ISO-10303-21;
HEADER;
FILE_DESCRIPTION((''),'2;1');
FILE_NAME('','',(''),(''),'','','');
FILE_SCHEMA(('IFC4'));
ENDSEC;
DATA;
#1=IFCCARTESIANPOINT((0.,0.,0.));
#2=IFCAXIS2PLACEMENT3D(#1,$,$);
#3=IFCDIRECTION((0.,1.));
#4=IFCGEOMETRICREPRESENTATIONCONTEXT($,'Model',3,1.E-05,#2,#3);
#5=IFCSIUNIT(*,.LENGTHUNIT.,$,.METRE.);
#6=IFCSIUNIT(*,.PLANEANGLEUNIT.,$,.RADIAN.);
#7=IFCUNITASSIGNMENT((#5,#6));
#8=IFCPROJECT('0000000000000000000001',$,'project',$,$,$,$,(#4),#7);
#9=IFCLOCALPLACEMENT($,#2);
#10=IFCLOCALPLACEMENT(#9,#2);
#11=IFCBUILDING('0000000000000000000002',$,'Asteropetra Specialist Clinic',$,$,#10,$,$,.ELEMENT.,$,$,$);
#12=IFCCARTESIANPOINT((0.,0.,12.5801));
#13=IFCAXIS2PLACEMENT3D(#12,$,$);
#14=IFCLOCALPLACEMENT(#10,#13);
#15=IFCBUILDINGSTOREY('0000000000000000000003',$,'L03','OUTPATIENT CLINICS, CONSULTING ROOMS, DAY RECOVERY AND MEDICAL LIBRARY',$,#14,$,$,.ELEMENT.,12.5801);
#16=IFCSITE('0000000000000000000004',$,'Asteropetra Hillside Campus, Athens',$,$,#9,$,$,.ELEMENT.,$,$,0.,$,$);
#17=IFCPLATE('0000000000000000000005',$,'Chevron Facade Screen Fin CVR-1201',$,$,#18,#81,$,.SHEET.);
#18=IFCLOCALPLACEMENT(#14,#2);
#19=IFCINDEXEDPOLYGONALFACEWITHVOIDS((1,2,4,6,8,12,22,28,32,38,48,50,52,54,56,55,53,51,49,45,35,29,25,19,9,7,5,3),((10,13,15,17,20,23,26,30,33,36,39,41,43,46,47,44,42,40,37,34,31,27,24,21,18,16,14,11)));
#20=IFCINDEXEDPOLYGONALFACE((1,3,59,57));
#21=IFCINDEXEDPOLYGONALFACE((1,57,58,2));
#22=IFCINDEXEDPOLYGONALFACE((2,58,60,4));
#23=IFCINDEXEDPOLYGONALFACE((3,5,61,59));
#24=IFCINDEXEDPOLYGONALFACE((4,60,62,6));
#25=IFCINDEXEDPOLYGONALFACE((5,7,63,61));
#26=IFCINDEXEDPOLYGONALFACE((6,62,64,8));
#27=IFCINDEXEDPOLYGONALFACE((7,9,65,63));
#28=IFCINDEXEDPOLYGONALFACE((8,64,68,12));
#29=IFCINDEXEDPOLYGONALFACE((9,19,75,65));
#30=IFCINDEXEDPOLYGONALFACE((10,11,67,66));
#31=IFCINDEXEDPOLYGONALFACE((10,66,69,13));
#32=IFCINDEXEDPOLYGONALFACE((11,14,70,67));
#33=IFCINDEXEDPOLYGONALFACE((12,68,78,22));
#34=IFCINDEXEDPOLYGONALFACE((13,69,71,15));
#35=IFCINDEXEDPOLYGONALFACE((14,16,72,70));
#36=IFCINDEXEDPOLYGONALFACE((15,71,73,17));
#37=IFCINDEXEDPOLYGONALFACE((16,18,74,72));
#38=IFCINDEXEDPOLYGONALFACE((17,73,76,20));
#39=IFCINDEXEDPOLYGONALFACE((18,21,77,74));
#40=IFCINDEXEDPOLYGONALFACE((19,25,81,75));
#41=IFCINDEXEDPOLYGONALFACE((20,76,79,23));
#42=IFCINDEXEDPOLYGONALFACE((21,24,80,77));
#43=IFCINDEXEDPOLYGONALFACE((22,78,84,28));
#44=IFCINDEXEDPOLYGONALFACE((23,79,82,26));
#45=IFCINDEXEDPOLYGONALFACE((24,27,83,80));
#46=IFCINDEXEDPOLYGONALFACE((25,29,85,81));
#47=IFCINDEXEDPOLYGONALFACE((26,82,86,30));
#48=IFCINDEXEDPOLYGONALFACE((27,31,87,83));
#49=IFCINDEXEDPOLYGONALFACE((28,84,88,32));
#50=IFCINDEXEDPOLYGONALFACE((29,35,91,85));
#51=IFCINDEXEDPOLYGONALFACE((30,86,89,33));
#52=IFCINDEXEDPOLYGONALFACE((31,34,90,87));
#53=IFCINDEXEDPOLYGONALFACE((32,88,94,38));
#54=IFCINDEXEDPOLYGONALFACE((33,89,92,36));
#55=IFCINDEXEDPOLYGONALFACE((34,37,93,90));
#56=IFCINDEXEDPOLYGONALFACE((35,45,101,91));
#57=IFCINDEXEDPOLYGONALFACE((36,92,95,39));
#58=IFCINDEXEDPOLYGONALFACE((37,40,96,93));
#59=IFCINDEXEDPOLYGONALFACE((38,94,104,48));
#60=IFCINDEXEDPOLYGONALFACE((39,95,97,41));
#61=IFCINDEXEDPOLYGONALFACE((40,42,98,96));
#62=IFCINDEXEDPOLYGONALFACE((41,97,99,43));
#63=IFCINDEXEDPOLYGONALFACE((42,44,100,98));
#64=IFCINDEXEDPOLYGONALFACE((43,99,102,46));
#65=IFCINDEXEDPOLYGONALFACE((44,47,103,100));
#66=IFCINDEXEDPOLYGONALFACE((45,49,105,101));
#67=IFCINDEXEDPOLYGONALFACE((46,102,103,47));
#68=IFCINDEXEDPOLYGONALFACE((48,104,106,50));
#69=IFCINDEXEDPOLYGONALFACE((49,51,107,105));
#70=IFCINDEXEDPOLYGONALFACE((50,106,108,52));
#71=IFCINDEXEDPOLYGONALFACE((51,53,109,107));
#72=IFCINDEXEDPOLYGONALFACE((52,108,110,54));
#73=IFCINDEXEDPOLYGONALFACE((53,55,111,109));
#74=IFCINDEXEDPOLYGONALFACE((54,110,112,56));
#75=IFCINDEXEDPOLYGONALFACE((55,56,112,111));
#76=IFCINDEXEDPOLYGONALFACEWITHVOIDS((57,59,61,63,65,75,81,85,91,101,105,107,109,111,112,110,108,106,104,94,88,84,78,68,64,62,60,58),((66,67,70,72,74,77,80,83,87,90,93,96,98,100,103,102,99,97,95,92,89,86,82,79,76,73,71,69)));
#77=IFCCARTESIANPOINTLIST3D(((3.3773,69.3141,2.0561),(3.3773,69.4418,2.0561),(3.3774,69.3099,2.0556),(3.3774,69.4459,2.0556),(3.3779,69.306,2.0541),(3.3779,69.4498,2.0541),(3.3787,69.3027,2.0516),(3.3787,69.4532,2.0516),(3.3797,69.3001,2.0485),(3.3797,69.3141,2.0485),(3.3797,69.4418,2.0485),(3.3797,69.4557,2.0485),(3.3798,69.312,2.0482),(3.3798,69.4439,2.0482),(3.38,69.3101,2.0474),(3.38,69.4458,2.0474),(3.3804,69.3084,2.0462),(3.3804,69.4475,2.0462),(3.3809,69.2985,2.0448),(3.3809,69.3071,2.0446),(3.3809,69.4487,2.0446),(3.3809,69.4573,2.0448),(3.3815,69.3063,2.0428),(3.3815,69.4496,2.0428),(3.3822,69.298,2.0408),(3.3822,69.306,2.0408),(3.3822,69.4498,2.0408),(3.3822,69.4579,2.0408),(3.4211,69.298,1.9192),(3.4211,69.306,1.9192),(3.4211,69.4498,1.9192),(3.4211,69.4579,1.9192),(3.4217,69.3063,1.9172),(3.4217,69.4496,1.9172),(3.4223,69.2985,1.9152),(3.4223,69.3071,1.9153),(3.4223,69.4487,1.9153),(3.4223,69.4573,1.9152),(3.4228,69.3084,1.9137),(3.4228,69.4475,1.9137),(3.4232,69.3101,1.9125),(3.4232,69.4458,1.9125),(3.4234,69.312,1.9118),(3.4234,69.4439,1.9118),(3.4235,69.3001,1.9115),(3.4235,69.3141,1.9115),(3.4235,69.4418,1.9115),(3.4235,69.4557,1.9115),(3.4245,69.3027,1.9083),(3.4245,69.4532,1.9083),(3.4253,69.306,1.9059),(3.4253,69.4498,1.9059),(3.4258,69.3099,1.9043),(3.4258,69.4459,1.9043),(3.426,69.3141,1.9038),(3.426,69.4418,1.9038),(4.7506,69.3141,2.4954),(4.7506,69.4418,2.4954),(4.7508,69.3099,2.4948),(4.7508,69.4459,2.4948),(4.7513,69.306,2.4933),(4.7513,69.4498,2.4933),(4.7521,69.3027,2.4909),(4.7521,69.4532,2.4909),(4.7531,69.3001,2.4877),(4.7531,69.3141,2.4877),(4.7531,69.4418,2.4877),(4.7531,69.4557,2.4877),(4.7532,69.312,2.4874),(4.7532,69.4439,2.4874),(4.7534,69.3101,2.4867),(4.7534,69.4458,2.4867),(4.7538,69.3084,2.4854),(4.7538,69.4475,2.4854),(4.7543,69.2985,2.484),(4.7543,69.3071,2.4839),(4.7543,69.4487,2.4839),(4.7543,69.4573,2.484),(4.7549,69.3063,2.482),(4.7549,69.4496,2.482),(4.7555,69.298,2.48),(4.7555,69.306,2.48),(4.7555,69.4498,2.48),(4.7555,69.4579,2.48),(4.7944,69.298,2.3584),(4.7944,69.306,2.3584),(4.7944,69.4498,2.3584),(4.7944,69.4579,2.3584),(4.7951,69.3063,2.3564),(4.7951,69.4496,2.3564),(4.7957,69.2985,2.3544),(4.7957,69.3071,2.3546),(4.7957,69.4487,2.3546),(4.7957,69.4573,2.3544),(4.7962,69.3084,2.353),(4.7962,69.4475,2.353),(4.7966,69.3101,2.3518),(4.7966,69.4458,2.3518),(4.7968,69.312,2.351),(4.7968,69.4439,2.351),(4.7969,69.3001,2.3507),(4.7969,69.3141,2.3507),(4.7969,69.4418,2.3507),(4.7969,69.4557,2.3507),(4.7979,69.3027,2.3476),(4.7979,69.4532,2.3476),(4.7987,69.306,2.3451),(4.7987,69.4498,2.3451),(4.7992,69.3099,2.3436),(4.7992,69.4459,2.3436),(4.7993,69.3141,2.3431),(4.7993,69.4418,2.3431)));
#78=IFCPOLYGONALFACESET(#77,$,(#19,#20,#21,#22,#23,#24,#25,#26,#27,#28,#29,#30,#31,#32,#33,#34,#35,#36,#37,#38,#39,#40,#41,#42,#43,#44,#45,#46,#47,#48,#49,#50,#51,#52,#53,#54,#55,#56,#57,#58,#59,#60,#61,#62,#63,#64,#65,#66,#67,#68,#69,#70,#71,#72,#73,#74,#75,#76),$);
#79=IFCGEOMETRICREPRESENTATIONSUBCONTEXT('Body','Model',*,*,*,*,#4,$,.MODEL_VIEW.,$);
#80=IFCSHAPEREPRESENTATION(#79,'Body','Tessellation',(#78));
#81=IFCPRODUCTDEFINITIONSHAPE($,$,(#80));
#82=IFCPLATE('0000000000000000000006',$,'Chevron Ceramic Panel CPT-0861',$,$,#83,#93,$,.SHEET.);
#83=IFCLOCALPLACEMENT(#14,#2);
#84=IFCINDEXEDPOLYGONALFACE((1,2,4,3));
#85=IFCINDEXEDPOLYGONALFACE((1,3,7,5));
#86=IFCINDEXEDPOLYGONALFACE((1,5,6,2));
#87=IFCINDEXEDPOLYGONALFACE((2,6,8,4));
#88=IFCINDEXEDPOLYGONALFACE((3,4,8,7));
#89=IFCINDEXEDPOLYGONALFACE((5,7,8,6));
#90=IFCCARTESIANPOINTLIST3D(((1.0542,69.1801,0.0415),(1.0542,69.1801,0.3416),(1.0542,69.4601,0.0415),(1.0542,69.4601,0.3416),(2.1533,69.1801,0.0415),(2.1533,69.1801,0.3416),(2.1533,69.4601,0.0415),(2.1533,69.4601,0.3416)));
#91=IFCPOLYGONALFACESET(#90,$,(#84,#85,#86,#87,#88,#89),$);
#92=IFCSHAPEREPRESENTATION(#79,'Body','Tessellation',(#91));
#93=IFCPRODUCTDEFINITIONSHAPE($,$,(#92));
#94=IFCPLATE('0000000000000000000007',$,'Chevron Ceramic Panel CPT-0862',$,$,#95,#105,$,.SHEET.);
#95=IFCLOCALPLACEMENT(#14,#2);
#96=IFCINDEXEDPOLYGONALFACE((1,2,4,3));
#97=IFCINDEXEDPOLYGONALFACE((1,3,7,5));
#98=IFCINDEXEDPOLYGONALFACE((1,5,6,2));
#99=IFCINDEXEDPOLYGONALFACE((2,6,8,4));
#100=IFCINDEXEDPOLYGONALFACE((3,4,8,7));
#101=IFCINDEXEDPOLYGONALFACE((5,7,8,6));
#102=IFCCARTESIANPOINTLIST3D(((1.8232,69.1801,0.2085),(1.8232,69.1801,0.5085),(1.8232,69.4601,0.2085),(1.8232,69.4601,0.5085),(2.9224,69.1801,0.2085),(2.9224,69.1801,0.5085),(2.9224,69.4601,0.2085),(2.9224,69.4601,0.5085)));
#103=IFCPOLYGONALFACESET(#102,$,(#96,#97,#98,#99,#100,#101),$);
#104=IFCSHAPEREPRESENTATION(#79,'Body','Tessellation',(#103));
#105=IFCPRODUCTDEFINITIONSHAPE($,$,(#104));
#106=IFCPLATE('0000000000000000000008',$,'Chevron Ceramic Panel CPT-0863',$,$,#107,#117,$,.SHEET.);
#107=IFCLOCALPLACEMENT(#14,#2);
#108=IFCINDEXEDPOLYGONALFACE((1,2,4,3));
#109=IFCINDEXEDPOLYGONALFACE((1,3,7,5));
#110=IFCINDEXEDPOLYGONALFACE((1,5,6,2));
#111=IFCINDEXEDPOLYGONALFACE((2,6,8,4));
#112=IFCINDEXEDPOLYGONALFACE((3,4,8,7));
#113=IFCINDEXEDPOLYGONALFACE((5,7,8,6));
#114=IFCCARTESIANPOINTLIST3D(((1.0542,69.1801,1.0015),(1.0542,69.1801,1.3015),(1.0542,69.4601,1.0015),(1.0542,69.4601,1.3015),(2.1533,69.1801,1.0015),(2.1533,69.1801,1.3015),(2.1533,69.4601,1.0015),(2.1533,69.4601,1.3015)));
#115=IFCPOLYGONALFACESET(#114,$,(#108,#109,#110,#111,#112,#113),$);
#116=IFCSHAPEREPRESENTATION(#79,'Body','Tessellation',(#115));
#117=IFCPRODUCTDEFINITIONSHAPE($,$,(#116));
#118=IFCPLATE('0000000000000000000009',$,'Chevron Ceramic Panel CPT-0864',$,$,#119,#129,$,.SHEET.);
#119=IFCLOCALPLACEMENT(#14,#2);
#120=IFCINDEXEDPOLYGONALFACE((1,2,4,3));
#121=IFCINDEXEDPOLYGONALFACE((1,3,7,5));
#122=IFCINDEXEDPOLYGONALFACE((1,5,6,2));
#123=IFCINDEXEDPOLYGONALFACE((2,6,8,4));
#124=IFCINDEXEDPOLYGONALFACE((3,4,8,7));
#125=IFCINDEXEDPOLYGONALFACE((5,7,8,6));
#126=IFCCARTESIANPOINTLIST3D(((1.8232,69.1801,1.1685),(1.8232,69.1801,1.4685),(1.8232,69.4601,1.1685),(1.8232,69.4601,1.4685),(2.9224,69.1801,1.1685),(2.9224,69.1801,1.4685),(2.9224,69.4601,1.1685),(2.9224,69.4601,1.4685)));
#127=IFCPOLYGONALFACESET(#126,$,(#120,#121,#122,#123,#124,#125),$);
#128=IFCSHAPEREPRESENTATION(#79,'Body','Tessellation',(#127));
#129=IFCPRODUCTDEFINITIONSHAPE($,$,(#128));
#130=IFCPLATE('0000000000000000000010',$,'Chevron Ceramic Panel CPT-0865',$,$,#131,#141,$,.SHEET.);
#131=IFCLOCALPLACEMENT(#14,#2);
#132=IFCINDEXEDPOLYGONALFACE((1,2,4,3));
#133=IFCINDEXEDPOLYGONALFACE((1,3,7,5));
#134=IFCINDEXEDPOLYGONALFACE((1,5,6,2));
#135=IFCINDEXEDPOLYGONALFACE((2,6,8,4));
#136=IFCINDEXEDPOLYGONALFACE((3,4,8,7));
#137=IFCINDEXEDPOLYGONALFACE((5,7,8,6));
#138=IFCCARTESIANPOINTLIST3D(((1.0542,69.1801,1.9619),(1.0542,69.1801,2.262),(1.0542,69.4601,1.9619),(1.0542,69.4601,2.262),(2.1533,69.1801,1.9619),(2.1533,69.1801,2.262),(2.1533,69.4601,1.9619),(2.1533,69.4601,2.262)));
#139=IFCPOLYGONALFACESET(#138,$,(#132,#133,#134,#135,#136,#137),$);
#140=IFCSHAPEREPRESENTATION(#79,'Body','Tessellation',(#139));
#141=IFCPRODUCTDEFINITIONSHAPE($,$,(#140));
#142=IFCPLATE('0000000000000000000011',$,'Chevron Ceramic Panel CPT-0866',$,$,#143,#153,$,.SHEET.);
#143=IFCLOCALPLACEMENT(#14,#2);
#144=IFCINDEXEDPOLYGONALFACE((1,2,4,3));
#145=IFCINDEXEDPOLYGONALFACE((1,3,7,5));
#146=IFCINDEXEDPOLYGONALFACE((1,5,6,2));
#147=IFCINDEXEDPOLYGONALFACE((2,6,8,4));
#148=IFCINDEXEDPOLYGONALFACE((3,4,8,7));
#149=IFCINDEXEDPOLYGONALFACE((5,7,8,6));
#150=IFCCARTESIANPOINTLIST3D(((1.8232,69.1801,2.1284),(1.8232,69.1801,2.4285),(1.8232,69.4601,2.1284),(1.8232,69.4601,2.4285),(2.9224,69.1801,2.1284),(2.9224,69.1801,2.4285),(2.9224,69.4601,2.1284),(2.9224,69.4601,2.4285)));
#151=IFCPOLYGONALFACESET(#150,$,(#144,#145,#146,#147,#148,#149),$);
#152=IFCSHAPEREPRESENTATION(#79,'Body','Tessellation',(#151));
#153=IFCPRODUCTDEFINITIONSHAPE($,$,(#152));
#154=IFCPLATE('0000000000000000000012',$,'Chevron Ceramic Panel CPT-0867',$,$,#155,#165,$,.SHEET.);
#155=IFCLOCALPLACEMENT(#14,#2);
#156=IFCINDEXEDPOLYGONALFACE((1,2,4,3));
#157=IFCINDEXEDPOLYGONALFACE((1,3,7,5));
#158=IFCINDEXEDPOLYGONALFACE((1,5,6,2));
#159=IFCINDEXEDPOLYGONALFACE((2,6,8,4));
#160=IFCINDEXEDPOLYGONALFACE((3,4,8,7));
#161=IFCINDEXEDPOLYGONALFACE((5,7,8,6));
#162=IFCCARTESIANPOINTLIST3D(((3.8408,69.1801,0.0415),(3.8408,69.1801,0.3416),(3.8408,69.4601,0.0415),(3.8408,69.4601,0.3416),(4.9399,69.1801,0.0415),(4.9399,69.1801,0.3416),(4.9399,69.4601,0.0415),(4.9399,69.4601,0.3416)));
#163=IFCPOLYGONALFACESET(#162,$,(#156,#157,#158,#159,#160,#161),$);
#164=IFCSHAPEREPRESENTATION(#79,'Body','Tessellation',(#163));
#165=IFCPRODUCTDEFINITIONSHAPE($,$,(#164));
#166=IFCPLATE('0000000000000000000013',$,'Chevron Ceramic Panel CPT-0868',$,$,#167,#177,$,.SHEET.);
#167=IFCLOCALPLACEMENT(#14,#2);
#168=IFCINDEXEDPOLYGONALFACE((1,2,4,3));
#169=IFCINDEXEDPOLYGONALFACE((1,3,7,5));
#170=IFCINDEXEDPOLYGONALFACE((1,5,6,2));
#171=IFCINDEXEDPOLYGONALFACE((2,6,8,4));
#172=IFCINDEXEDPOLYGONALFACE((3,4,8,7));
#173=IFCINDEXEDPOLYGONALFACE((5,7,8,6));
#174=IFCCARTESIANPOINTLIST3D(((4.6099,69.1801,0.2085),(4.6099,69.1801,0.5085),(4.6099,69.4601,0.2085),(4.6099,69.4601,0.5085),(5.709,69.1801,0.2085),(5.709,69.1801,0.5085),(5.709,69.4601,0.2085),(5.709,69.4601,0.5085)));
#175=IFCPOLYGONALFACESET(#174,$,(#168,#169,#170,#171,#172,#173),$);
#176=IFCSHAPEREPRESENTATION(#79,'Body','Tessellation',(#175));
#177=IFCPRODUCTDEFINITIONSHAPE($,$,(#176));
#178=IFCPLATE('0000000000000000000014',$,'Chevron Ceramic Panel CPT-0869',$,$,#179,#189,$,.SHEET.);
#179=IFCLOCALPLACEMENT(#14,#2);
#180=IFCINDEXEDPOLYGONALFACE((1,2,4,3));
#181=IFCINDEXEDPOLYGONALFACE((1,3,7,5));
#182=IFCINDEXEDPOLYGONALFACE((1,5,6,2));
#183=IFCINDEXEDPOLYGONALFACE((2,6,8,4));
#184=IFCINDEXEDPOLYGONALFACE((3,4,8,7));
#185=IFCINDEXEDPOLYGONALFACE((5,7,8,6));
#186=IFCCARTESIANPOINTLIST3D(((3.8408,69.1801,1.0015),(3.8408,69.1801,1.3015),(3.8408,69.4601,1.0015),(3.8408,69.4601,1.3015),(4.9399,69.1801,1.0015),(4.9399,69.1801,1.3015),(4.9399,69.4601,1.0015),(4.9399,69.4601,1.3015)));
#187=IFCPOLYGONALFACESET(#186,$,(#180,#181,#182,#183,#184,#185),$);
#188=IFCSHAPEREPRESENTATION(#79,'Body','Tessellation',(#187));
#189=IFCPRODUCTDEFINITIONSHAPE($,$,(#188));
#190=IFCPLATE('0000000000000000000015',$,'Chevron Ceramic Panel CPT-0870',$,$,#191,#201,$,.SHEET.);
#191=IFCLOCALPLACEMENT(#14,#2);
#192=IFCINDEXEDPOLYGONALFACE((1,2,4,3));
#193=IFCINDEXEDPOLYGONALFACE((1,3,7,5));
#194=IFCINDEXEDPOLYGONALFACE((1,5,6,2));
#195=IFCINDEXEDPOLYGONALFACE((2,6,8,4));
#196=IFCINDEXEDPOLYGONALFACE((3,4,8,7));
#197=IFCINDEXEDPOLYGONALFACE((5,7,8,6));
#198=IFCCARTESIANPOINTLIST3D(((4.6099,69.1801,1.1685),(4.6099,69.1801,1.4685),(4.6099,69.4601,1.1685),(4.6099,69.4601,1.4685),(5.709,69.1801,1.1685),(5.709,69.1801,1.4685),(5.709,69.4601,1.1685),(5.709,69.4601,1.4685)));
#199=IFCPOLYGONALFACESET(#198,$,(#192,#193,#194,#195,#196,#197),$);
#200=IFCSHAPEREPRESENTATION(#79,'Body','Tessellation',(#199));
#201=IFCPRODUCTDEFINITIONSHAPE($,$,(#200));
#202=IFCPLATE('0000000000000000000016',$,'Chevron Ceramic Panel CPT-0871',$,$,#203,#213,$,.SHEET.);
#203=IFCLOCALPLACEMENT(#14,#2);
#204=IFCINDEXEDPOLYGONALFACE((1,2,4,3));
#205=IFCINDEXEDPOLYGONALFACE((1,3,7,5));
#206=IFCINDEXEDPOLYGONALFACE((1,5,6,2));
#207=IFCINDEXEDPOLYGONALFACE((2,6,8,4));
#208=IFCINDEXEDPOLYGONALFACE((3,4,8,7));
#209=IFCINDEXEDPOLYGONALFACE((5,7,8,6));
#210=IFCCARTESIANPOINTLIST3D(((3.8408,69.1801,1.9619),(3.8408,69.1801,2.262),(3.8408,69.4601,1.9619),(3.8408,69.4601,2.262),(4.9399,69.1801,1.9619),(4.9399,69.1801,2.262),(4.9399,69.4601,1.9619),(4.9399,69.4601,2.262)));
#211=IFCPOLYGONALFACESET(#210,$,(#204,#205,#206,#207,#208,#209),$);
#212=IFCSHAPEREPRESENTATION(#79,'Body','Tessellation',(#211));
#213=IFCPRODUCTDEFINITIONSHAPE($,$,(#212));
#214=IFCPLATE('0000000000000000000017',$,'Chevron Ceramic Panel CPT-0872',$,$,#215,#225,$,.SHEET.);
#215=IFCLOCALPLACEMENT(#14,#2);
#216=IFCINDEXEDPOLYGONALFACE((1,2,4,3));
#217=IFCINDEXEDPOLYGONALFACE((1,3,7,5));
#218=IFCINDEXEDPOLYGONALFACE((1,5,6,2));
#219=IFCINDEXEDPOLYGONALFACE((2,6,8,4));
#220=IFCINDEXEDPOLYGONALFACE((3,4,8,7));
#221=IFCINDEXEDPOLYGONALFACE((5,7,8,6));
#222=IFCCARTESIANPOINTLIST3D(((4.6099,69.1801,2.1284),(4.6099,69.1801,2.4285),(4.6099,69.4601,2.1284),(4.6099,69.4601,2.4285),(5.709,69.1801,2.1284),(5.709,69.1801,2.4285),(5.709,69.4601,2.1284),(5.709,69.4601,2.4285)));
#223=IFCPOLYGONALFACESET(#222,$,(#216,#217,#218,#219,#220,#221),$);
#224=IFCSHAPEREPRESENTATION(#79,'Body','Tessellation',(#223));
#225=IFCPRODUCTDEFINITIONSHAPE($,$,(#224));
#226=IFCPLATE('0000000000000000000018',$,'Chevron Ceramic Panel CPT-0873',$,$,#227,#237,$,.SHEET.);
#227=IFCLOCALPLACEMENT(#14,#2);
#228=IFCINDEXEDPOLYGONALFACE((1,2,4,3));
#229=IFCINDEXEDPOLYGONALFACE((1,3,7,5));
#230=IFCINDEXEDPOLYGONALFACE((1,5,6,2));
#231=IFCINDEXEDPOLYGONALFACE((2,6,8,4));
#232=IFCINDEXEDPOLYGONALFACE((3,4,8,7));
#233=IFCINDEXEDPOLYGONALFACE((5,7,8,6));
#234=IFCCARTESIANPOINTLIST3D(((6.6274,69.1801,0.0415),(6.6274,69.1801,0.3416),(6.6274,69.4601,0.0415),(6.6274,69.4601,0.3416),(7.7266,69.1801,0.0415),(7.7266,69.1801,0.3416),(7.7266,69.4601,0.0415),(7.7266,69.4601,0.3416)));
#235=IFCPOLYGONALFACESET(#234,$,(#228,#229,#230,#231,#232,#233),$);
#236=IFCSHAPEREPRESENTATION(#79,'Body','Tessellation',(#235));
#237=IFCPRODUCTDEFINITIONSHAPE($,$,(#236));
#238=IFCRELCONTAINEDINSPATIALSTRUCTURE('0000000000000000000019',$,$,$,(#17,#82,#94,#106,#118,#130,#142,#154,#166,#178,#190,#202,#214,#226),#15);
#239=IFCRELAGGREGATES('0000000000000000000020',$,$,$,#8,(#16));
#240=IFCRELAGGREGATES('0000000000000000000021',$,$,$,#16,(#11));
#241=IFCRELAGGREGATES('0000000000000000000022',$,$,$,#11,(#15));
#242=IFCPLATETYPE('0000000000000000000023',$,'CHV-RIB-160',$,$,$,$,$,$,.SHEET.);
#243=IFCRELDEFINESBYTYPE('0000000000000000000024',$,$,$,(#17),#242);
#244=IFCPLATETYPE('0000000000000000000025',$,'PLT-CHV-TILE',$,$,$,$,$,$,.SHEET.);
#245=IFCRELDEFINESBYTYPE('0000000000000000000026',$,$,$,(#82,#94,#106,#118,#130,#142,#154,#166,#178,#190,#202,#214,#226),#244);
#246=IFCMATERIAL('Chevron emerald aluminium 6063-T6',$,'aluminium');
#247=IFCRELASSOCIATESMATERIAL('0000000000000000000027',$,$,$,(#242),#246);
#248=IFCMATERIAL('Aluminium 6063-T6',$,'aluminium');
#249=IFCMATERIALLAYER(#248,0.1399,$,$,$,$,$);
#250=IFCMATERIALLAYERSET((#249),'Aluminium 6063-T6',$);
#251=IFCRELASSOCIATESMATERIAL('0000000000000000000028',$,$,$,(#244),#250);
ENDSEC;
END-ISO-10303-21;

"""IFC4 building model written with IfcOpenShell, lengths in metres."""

from ifc_helpers import new_model, si_unit, direction, frame, origin, origin_2d, place, context, subcontext, project, spatial, rectangle, hollow_rectangle, extrude, material, layer, layer_set, material_profile, profile_set, type_object, element, save


model = new_model("IFC4")

# Units and contexts
model_context = context("Model", 3, precision=1e-05, world=origin(), true_north=direction((0.0, 1.0)))
body_context = subcontext(model_context, "Body", "Model", "MODEL_VIEW")
ifc_project = project(units=[si_unit("LENGTHUNIT", "METRE"), si_unit("PLANEANGLEUNIT", "RADIAN")], contexts=[model_context])

# Site, building, storey
site_placement = place(None, origin())
site = spatial("IfcSite", under=ifc_project, at=site_placement, Name="Asteropetra Hillside Campus, Athens", CompositionType="ELEMENT", RefElevation=0.0)
building_placement = place(site_placement, origin())
building = spatial("IfcBuilding", under=site, at=building_placement, Name="Asteropetra Specialist Clinic", CompositionType="ELEMENT")
storey_placement = place(building_placement, frame((0.0, 0.0, 12.5801)))
storey = spatial("IfcBuildingStorey", under=building, at=storey_placement, Name="L03", Description="OUTPATIENT CLINICS, CONSULTING ROOMS, DAY RECOVERY AND MEDICAL LIBRARY", CompositionType="ELEMENT", Elevation=12.5801)

# Plates
ifc_material_1 = material(Name="Chevron emerald aluminium 6063-T6", Category="aluminium")
ifc_material_profile = material_profile(ifc_material_1, hollow_rectangle(XDim=0.1599, YDim=0.1599, WallThickness=0.0081, InnerFilletRadius=0.0081, OuterFilletRadius=0.0161, at=origin_2d()), Name="SHS 160x160x8.0")
ifc_profile_set = profile_set([ifc_material_profile], Name="Chevron emerald aluminium 6063-T6")
plate_type_1 = type_object("IfcPlateType", Name="CHV-RIB-160", PredefinedType="SHEET", material=ifc_profile_set)
for number, where, z_axis, x_axis, name in (
    (1, (3.4016, 69.3779, 1.98), (0.952473, 0.0, 0.304622), (0.0, 1.0, 0.0), "Chevron Facade Screen Fin CVR-1201"),
):
    element("IfcPlate", number, at=place(storey_placement, frame(where, z_axis=z_axis, x_axis=x_axis)), inside=storey, type_object=plate_type_1, Name=name, PredefinedType="SHEET", context=body_context, shape_type="SweptSolid", body=[
        extrude(hollow_rectangle(XDim=0.1599, YDim=0.1599, WallThickness=0.0081, InnerFilletRadius=0.0081, OuterFilletRadius=0.0161, at=origin_2d()), origin(), (0.0, 0.0, 1.0), 1.4419),
    ])
ifc_material_2 = material(Name="Aluminium 6063-T6", Category="aluminium")
ifc_layer_1 = layer(ifc_material_2, 0.1399)
ifc_layer_set_1 = layer_set([ifc_layer_1], Name="Aluminium 6063-T6")
plate_type_2 = type_object("IfcPlateType", Name="PLT-CHV-TILE", PredefinedType="SHEET", material=ifc_layer_set_1)
for number, where, z_axis, x_axis, name in (
    (2, (1.6038, 69.3201, 0.0415), (0.0, 0.0, 1.0), (1.0, 0.0, 0.0), "Chevron Ceramic Panel CPT-0861"),
    (3, (2.3728, 69.3201, 0.2085), (0.0, 0.0, 1.0), (1.0, 0.0, 0.0), "Chevron Ceramic Panel CPT-0862"),
    (4, (1.6038, 69.3201, 1.0015), (0.0, 0.0, 1.0), (1.0, 0.0, 0.0), "Chevron Ceramic Panel CPT-0863"),
    (5, (2.3728, 69.3201, 1.1685), (0.0, 0.0, 1.0), (1.0, 0.0, 0.0), "Chevron Ceramic Panel CPT-0864"),
    (6, (1.6038, 69.3201, 1.9619), (0.0, 0.0, 1.0), (1.0, 0.0, 0.0), "Chevron Ceramic Panel CPT-0865"),
    (7, (2.3728, 69.3201, 2.1284), (0.0, 0.0, 1.0), (1.0, 0.0, 0.0), "Chevron Ceramic Panel CPT-0866"),
    (8, (4.3904, 69.3201, 0.0415), (0.0, 0.0, 1.0), (1.0, 0.0, 0.0), "Chevron Ceramic Panel CPT-0867"),
    (9, (5.1594, 69.3201, 0.2085), (0.0, 0.0, 1.0), (1.0, 0.0, 0.0), "Chevron Ceramic Panel CPT-0868"),
    (10, (4.3904, 69.3201, 1.0015), (0.0, 0.0, 1.0), (1.0, 0.0, 0.0), "Chevron Ceramic Panel CPT-0869"),
    (11, (5.1594, 69.3201, 1.1685), (0.0, 0.0, 1.0), (1.0, 0.0, 0.0), "Chevron Ceramic Panel CPT-0870"),
    (12, (4.3904, 69.3201, 1.9619), (0.0, 0.0, 1.0), (1.0, 0.0, 0.0), "Chevron Ceramic Panel CPT-0871"),
    (13, (5.1594, 69.3201, 2.1284), (0.0, 0.0, 1.0), (1.0, 0.0, 0.0), "Chevron Ceramic Panel CPT-0872"),
    (14, (7.177, 69.3201, 0.0415), (0.0, 0.0, 1.0), (1.0, 0.0, 0.0), "Chevron Ceramic Panel CPT-0873"),
):
    element("IfcPlate", number, at=place(storey_placement, frame(where, z_axis=z_axis, x_axis=x_axis)), inside=storey, type_object=plate_type_2, Name=name, PredefinedType="SHEET", context=body_context, shape_type="SweptSolid", body=[
        extrude(rectangle(XDim=1.0991, YDim=0.28, at=origin_2d()), origin(), (0.0, 0.0, 1.0), 0.3),
    ])

save(model, "model.ifc")
